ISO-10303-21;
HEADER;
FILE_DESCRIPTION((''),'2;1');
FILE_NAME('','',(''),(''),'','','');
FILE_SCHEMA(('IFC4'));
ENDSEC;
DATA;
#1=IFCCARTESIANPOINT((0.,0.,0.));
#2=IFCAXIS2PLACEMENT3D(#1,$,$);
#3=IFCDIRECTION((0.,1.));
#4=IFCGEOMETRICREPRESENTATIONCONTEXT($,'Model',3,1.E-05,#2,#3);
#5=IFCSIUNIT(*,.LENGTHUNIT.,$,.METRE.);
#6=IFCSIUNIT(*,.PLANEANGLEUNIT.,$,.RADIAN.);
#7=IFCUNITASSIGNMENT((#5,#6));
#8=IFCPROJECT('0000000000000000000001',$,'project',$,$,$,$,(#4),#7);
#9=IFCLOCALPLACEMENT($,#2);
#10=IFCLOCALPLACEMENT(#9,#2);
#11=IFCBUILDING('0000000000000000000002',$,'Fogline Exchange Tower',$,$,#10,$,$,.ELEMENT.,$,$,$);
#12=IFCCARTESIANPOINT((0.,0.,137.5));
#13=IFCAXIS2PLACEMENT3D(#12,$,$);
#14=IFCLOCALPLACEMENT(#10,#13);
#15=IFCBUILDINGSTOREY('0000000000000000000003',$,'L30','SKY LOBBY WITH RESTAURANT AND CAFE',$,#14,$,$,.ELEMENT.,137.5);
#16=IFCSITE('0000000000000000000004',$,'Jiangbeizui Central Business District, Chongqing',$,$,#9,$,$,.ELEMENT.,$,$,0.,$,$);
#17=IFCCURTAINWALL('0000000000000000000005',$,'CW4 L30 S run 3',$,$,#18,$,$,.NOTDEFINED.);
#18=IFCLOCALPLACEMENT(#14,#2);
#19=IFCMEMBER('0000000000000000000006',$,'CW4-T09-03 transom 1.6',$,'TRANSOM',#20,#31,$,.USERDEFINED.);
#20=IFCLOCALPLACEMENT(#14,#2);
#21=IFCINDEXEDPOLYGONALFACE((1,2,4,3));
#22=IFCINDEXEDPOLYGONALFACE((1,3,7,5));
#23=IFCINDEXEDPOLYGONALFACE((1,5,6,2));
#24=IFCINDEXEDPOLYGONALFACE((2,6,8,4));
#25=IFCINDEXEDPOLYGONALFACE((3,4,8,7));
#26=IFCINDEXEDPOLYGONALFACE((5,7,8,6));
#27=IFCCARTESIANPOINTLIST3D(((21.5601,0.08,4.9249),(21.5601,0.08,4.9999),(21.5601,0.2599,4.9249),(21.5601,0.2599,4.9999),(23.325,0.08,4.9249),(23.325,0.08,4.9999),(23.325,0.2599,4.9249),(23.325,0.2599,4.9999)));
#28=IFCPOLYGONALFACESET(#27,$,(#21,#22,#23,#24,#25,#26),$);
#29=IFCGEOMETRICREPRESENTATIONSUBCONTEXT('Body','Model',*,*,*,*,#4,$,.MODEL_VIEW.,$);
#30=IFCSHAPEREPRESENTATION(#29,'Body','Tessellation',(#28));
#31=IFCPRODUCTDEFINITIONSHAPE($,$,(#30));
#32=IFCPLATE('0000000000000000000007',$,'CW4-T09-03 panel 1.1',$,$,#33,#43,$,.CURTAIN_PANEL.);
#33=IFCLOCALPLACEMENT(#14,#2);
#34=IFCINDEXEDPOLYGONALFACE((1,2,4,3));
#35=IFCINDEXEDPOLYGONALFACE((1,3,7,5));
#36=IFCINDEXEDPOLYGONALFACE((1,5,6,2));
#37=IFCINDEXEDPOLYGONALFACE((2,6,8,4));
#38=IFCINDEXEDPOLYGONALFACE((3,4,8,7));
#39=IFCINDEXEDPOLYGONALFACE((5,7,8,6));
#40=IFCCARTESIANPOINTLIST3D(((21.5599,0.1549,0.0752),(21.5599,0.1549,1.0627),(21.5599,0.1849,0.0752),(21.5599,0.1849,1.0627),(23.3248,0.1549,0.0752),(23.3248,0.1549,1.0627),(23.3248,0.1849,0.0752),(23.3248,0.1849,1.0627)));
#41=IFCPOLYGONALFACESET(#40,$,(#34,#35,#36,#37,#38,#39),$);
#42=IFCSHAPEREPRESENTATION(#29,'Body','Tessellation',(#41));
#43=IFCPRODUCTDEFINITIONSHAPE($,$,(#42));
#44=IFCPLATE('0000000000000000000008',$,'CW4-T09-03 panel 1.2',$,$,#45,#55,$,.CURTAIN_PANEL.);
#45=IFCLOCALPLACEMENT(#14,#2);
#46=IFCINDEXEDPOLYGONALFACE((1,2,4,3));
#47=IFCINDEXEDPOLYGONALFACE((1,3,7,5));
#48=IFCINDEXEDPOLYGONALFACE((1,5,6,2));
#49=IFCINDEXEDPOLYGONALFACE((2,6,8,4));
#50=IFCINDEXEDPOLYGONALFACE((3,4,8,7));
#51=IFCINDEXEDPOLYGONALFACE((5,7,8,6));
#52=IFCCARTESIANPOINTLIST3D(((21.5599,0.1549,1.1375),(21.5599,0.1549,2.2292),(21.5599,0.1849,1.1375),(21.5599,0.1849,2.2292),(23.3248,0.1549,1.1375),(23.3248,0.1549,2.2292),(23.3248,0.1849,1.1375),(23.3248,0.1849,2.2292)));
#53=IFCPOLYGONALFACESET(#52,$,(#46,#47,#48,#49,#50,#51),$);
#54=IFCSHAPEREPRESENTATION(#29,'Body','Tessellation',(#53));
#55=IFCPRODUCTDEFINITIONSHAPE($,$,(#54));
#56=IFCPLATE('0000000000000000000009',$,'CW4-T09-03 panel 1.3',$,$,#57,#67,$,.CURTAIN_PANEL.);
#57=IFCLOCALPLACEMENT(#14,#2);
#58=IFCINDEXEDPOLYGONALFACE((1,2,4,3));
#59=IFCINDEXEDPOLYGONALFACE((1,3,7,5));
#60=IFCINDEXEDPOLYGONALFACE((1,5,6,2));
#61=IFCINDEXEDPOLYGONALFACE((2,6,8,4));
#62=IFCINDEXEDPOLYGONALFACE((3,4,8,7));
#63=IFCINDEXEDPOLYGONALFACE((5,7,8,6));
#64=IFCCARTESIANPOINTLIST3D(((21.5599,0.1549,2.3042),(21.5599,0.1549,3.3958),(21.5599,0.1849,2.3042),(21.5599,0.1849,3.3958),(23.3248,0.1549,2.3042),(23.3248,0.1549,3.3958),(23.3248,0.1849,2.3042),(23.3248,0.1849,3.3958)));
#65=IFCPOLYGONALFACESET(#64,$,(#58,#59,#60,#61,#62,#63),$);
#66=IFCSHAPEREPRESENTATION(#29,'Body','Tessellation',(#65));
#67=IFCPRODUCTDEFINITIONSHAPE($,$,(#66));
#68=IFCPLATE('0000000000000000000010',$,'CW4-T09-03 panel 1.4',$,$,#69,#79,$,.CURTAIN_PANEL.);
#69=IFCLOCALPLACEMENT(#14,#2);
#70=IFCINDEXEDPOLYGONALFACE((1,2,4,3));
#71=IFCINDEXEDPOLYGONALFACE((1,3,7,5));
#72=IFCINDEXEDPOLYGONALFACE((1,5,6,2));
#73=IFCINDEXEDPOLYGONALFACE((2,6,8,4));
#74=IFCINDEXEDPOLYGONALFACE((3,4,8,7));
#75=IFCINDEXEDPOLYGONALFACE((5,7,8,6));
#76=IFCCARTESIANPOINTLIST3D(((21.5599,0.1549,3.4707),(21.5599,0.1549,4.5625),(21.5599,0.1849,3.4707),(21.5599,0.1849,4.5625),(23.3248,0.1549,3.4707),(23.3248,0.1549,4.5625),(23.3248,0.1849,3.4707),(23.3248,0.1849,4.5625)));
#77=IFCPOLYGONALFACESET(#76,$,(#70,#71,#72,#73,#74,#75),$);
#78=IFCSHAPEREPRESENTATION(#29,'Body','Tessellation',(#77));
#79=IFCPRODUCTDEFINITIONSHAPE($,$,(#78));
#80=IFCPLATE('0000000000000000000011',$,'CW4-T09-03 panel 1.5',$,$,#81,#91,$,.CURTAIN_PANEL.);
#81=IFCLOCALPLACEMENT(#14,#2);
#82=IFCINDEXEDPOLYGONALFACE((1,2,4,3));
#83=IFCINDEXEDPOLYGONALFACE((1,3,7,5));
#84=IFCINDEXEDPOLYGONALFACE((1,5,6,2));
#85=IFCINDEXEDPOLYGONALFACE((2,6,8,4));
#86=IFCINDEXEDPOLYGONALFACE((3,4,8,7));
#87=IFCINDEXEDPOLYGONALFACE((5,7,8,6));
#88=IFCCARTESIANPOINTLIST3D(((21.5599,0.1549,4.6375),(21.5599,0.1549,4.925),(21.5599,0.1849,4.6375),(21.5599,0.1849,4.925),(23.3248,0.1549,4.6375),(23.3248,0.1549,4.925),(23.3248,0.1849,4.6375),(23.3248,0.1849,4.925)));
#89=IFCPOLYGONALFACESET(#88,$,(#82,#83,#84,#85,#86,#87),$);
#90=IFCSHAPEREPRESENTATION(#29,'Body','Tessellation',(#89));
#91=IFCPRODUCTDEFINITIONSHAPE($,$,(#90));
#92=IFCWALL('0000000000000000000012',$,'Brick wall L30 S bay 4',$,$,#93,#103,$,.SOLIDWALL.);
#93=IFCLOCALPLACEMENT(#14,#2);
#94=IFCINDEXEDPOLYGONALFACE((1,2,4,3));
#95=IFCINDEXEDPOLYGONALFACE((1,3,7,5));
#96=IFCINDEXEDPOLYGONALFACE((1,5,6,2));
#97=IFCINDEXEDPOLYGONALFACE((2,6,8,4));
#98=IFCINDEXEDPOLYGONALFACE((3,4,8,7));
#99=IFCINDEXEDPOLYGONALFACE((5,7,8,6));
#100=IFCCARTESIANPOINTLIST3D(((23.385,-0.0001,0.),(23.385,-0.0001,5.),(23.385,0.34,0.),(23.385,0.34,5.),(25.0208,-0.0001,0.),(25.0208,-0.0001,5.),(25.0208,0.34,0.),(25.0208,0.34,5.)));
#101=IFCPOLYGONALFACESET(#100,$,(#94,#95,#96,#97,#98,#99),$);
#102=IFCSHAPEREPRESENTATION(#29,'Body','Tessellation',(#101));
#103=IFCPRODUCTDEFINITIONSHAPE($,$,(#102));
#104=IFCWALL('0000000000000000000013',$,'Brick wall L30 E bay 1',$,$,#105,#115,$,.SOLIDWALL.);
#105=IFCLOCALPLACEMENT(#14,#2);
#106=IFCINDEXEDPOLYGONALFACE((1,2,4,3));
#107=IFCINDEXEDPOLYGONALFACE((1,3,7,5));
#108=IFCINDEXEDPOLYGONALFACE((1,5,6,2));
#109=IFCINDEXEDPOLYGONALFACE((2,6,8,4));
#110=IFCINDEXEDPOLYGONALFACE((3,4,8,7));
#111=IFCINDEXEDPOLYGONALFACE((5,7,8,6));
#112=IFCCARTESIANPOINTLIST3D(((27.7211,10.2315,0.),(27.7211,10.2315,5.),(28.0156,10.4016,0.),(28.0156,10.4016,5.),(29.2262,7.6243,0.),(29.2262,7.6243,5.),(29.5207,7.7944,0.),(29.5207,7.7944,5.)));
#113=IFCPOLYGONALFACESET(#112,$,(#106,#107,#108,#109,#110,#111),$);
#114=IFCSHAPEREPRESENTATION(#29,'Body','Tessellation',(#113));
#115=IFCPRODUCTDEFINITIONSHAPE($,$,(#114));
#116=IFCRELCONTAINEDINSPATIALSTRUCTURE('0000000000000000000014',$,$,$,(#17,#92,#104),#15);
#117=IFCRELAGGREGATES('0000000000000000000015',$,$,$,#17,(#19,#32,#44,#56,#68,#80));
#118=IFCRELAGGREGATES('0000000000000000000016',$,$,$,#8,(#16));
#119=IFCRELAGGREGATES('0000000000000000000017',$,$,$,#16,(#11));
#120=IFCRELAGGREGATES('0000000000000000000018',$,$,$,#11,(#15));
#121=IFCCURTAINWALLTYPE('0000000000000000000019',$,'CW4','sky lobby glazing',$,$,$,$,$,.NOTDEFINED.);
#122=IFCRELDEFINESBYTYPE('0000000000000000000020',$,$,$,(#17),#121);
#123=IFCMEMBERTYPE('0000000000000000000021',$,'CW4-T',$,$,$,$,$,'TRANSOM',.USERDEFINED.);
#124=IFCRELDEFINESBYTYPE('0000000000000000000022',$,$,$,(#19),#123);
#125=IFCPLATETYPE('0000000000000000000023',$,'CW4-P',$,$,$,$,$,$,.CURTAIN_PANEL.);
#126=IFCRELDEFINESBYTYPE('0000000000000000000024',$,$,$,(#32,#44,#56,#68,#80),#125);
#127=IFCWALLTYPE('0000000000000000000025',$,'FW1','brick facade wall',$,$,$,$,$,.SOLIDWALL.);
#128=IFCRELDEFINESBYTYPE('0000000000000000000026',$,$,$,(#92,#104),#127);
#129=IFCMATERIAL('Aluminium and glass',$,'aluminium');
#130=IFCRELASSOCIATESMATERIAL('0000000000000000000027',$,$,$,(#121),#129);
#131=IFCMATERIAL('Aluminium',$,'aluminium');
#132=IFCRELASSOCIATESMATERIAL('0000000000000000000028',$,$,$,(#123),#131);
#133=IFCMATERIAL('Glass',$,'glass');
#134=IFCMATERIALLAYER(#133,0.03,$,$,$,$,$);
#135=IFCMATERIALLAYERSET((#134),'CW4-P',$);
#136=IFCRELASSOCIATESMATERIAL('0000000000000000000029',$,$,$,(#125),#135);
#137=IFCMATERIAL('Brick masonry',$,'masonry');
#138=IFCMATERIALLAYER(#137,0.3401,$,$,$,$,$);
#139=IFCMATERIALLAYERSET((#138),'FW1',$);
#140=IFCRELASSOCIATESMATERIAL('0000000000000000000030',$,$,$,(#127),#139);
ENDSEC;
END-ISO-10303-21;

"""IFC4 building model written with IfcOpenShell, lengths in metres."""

from ifc_helpers import new_model, si_unit, direction, frame, frame_2d, origin, origin_2d, place, context, subcontext, project, spatial, rectangle, extrude, material, layer, layer_set, material_profile, profile_set, type_object, element, aggregate, save


model = new_model("IFC4")

# Units and contexts
model_context = context("Model", 3, precision=1e-05, world=origin(), true_north=direction((0.0, 1.0)))
body_context = subcontext(model_context, "Body", "Model", "MODEL_VIEW")
ifc_project = project(units=[si_unit("LENGTHUNIT", "METRE"), si_unit("PLANEANGLEUNIT", "RADIAN")], contexts=[model_context])

# Site, building, storey
site_placement = place(None, origin())
site = spatial("IfcSite", under=ifc_project, at=site_placement, Name="Jiangbeizui Central Business District, Chongqing", CompositionType="ELEMENT", RefElevation=0.0)
building_placement = place(site_placement, origin())
building = spatial("IfcBuilding", under=site, at=building_placement, Name="Fogline Exchange Tower", CompositionType="ELEMENT")
storey_placement = place(building_placement, frame((0.0, 0.0, 137.5)))
storey = spatial("IfcBuildingStorey", under=building, at=storey_placement, Name="L30", Description="SKY LOBBY WITH RESTAURANT AND CAFE", CompositionType="ELEMENT", Elevation=137.5)

# Curtain wall, member, plates
ifc_material_1 = material(Name="Aluminium and glass", Category="aluminium")
curtain_wall_type = type_object("IfcCurtainWallType", Name="CW4", Description="sky lobby glazing", PredefinedType="NOTDEFINED", material=ifc_material_1)
curtain_wall_placement = place(storey_placement, origin())
curtain_wall = element("IfcCurtainWall", 1, at=curtain_wall_placement, inside=storey, type_object=curtain_wall_type, Name="CW4 L30 S run 3", PredefinedType="NOTDEFINED")
ifc_material_2 = material(Name="Aluminium", Category="aluminium")
ifc_material_profile_1 = material_profile(ifc_material_2, rectangle(XDim=0.1799, YDim=0.075, at=origin_2d()), Name="Transom 75x180")
ifc_profile_set_1 = profile_set([ifc_material_profile_1], Name="Aluminium")
member_type_1 = type_object("IfcMemberType", Name="CW4-T", ElementType="TRANSOM", PredefinedType="USERDEFINED", material=ifc_profile_set_1)
member_1_placement = place(storey_placement, frame((21.5601, 0.1699, 4.9624), z_axis=(1.0, 0.0, 0.0), x_axis=(0.0, 1.0, 0.0)))
member_1 = element("IfcMember", 2, at=member_1_placement, type_object=member_type_1, Name="CW4-T09-03 transom 1.6", ObjectType="TRANSOM", PredefinedType="USERDEFINED", context=body_context, shape_type="SweptSolid", body=[
    extrude(rectangle(XDim=0.1799, YDim=0.075, at=origin_2d()), origin(), (0.0, 0.0, 1.0), 1.7649),
])
ifc_material_3 = material(Name="Glass", Category="glass")
ifc_layer_1 = layer(ifc_material_3, 0.03)
ifc_layer_set_1 = layer_set([ifc_layer_1], Name="CW4-P")
plate_type = type_object("IfcPlateType", Name="CW4-P", PredefinedType="CURTAIN_PANEL", material=ifc_layer_set_1)
plate_1_placement = place(storey_placement, frame((22.4424, 0.1699, 0.0752), z_axis=(0.0, 0.0, 1.0), x_axis=(1.0, 0.0, 0.0)))
plate_1 = element("IfcPlate", 3, at=plate_1_placement, type_object=plate_type, Name="CW4-T09-03 panel 1.1", PredefinedType="CURTAIN_PANEL", context=body_context, shape_type="SweptSolid", body=[
    extrude(rectangle(XDim=1.7649, YDim=0.03, at=origin_2d()), origin(), (0.0, 0.0, 1.0), 0.9875),
])
plate_2_placement = place(storey_placement, frame((22.4424, 0.1699, 1.1375), z_axis=(0.0, 0.0, 1.0), x_axis=(1.0, 0.0, 0.0)))
plate_2 = element("IfcPlate", 4, at=plate_2_placement, type_object=plate_type, Name="CW4-T09-03 panel 1.2", PredefinedType="CURTAIN_PANEL", context=body_context, shape_type="SweptSolid", body=[
    extrude(rectangle(XDim=1.7649, YDim=0.03, at=origin_2d()), origin(), (0.0, 0.0, 1.0), 1.0918),
])
plate_3_placement = place(storey_placement, frame((22.4424, 0.1699, 2.3042), z_axis=(0.0, 0.0, 1.0), x_axis=(1.0, 0.0, 0.0)))
plate_3 = element("IfcPlate", 5, at=plate_3_placement, type_object=plate_type, Name="CW4-T09-03 panel 1.3", PredefinedType="CURTAIN_PANEL", context=body_context, shape_type="SweptSolid", body=[
    extrude(rectangle(XDim=1.7649, YDim=0.03, at=origin_2d()), origin(), (0.0, 0.0, 1.0), 1.0916),
])
plate_4_placement = place(storey_placement, frame((22.4424, 0.1699, 3.4707), z_axis=(0.0, 0.0, 1.0), x_axis=(1.0, 0.0, 0.0)))
plate_4 = element("IfcPlate", 6, at=plate_4_placement, type_object=plate_type, Name="CW4-T09-03 panel 1.4", PredefinedType="CURTAIN_PANEL", context=body_context, shape_type="SweptSolid", body=[
    extrude(rectangle(XDim=1.7649, YDim=0.03, at=origin_2d()), origin(), (0.0, 0.0, 1.0), 1.0918),
])
plate_5_placement = place(storey_placement, frame((22.4424, 0.1699, 4.6375), z_axis=(0.0, 0.0, 1.0), x_axis=(1.0, 0.0, 0.0)))
plate_5 = element("IfcPlate", 7, at=plate_5_placement, type_object=plate_type, Name="CW4-T09-03 panel 1.5", PredefinedType="CURTAIN_PANEL", context=body_context, shape_type="SweptSolid", body=[
    extrude(rectangle(XDim=1.7649, YDim=0.03, at=origin_2d()), origin(), (0.0, 0.0, 1.0), 0.2876),
])
aggregate(curtain_wall, [member_1, plate_1, plate_2, plate_3, plate_4, plate_5])

# Wall
ifc_material_4 = material(Name="Brick masonry", Category="masonry")
ifc_layer_2 = layer(ifc_material_4, 0.3401)
ifc_layer_set_2 = layer_set([ifc_layer_2], Name="FW1")
wall_type = type_object("IfcWallType", Name="FW1", Description="brick facade wall", PredefinedType="SOLIDWALL", material=ifc_layer_set_2)
wall_1_placement = place(storey_placement, frame((23.385, 0.1699, 0.0), z_axis=(0.0, 0.0, 1.0), x_axis=(1.0, 0.0, 0.0)))
element("IfcWall", 8, at=wall_1_placement, inside=storey, type_object=wall_type, Name="Brick wall L30 S bay 4", PredefinedType="SOLIDWALL", context=body_context, shape_type="SweptSolid", body=[
    extrude(rectangle(XDim=1.6357, YDim=0.3401, at=frame_2d((0.8179, 0.0))), origin(), (0.0, 0.0, 1.0), 5.0),
])

# Wall
wall_2_placement = place(storey_placement, frame((29.3735, 7.7092, 0.0), z_axis=(0.0, 0.0, 1.0), x_axis=(-0.499968, 0.866044, 0.0)))
element("IfcWall", 9, at=wall_2_placement, inside=storey, type_object=wall_type, Name="Brick wall L30 E bay 1", PredefinedType="SOLIDWALL", context=body_context, shape_type="SweptSolid", body=[
    extrude(rectangle(XDim=3.0105, YDim=0.3401, at=frame_2d((1.5054, 0.0))), origin(), (0.0, 0.0, 1.0), 5.0),
])

save(model, "model.ifc")
